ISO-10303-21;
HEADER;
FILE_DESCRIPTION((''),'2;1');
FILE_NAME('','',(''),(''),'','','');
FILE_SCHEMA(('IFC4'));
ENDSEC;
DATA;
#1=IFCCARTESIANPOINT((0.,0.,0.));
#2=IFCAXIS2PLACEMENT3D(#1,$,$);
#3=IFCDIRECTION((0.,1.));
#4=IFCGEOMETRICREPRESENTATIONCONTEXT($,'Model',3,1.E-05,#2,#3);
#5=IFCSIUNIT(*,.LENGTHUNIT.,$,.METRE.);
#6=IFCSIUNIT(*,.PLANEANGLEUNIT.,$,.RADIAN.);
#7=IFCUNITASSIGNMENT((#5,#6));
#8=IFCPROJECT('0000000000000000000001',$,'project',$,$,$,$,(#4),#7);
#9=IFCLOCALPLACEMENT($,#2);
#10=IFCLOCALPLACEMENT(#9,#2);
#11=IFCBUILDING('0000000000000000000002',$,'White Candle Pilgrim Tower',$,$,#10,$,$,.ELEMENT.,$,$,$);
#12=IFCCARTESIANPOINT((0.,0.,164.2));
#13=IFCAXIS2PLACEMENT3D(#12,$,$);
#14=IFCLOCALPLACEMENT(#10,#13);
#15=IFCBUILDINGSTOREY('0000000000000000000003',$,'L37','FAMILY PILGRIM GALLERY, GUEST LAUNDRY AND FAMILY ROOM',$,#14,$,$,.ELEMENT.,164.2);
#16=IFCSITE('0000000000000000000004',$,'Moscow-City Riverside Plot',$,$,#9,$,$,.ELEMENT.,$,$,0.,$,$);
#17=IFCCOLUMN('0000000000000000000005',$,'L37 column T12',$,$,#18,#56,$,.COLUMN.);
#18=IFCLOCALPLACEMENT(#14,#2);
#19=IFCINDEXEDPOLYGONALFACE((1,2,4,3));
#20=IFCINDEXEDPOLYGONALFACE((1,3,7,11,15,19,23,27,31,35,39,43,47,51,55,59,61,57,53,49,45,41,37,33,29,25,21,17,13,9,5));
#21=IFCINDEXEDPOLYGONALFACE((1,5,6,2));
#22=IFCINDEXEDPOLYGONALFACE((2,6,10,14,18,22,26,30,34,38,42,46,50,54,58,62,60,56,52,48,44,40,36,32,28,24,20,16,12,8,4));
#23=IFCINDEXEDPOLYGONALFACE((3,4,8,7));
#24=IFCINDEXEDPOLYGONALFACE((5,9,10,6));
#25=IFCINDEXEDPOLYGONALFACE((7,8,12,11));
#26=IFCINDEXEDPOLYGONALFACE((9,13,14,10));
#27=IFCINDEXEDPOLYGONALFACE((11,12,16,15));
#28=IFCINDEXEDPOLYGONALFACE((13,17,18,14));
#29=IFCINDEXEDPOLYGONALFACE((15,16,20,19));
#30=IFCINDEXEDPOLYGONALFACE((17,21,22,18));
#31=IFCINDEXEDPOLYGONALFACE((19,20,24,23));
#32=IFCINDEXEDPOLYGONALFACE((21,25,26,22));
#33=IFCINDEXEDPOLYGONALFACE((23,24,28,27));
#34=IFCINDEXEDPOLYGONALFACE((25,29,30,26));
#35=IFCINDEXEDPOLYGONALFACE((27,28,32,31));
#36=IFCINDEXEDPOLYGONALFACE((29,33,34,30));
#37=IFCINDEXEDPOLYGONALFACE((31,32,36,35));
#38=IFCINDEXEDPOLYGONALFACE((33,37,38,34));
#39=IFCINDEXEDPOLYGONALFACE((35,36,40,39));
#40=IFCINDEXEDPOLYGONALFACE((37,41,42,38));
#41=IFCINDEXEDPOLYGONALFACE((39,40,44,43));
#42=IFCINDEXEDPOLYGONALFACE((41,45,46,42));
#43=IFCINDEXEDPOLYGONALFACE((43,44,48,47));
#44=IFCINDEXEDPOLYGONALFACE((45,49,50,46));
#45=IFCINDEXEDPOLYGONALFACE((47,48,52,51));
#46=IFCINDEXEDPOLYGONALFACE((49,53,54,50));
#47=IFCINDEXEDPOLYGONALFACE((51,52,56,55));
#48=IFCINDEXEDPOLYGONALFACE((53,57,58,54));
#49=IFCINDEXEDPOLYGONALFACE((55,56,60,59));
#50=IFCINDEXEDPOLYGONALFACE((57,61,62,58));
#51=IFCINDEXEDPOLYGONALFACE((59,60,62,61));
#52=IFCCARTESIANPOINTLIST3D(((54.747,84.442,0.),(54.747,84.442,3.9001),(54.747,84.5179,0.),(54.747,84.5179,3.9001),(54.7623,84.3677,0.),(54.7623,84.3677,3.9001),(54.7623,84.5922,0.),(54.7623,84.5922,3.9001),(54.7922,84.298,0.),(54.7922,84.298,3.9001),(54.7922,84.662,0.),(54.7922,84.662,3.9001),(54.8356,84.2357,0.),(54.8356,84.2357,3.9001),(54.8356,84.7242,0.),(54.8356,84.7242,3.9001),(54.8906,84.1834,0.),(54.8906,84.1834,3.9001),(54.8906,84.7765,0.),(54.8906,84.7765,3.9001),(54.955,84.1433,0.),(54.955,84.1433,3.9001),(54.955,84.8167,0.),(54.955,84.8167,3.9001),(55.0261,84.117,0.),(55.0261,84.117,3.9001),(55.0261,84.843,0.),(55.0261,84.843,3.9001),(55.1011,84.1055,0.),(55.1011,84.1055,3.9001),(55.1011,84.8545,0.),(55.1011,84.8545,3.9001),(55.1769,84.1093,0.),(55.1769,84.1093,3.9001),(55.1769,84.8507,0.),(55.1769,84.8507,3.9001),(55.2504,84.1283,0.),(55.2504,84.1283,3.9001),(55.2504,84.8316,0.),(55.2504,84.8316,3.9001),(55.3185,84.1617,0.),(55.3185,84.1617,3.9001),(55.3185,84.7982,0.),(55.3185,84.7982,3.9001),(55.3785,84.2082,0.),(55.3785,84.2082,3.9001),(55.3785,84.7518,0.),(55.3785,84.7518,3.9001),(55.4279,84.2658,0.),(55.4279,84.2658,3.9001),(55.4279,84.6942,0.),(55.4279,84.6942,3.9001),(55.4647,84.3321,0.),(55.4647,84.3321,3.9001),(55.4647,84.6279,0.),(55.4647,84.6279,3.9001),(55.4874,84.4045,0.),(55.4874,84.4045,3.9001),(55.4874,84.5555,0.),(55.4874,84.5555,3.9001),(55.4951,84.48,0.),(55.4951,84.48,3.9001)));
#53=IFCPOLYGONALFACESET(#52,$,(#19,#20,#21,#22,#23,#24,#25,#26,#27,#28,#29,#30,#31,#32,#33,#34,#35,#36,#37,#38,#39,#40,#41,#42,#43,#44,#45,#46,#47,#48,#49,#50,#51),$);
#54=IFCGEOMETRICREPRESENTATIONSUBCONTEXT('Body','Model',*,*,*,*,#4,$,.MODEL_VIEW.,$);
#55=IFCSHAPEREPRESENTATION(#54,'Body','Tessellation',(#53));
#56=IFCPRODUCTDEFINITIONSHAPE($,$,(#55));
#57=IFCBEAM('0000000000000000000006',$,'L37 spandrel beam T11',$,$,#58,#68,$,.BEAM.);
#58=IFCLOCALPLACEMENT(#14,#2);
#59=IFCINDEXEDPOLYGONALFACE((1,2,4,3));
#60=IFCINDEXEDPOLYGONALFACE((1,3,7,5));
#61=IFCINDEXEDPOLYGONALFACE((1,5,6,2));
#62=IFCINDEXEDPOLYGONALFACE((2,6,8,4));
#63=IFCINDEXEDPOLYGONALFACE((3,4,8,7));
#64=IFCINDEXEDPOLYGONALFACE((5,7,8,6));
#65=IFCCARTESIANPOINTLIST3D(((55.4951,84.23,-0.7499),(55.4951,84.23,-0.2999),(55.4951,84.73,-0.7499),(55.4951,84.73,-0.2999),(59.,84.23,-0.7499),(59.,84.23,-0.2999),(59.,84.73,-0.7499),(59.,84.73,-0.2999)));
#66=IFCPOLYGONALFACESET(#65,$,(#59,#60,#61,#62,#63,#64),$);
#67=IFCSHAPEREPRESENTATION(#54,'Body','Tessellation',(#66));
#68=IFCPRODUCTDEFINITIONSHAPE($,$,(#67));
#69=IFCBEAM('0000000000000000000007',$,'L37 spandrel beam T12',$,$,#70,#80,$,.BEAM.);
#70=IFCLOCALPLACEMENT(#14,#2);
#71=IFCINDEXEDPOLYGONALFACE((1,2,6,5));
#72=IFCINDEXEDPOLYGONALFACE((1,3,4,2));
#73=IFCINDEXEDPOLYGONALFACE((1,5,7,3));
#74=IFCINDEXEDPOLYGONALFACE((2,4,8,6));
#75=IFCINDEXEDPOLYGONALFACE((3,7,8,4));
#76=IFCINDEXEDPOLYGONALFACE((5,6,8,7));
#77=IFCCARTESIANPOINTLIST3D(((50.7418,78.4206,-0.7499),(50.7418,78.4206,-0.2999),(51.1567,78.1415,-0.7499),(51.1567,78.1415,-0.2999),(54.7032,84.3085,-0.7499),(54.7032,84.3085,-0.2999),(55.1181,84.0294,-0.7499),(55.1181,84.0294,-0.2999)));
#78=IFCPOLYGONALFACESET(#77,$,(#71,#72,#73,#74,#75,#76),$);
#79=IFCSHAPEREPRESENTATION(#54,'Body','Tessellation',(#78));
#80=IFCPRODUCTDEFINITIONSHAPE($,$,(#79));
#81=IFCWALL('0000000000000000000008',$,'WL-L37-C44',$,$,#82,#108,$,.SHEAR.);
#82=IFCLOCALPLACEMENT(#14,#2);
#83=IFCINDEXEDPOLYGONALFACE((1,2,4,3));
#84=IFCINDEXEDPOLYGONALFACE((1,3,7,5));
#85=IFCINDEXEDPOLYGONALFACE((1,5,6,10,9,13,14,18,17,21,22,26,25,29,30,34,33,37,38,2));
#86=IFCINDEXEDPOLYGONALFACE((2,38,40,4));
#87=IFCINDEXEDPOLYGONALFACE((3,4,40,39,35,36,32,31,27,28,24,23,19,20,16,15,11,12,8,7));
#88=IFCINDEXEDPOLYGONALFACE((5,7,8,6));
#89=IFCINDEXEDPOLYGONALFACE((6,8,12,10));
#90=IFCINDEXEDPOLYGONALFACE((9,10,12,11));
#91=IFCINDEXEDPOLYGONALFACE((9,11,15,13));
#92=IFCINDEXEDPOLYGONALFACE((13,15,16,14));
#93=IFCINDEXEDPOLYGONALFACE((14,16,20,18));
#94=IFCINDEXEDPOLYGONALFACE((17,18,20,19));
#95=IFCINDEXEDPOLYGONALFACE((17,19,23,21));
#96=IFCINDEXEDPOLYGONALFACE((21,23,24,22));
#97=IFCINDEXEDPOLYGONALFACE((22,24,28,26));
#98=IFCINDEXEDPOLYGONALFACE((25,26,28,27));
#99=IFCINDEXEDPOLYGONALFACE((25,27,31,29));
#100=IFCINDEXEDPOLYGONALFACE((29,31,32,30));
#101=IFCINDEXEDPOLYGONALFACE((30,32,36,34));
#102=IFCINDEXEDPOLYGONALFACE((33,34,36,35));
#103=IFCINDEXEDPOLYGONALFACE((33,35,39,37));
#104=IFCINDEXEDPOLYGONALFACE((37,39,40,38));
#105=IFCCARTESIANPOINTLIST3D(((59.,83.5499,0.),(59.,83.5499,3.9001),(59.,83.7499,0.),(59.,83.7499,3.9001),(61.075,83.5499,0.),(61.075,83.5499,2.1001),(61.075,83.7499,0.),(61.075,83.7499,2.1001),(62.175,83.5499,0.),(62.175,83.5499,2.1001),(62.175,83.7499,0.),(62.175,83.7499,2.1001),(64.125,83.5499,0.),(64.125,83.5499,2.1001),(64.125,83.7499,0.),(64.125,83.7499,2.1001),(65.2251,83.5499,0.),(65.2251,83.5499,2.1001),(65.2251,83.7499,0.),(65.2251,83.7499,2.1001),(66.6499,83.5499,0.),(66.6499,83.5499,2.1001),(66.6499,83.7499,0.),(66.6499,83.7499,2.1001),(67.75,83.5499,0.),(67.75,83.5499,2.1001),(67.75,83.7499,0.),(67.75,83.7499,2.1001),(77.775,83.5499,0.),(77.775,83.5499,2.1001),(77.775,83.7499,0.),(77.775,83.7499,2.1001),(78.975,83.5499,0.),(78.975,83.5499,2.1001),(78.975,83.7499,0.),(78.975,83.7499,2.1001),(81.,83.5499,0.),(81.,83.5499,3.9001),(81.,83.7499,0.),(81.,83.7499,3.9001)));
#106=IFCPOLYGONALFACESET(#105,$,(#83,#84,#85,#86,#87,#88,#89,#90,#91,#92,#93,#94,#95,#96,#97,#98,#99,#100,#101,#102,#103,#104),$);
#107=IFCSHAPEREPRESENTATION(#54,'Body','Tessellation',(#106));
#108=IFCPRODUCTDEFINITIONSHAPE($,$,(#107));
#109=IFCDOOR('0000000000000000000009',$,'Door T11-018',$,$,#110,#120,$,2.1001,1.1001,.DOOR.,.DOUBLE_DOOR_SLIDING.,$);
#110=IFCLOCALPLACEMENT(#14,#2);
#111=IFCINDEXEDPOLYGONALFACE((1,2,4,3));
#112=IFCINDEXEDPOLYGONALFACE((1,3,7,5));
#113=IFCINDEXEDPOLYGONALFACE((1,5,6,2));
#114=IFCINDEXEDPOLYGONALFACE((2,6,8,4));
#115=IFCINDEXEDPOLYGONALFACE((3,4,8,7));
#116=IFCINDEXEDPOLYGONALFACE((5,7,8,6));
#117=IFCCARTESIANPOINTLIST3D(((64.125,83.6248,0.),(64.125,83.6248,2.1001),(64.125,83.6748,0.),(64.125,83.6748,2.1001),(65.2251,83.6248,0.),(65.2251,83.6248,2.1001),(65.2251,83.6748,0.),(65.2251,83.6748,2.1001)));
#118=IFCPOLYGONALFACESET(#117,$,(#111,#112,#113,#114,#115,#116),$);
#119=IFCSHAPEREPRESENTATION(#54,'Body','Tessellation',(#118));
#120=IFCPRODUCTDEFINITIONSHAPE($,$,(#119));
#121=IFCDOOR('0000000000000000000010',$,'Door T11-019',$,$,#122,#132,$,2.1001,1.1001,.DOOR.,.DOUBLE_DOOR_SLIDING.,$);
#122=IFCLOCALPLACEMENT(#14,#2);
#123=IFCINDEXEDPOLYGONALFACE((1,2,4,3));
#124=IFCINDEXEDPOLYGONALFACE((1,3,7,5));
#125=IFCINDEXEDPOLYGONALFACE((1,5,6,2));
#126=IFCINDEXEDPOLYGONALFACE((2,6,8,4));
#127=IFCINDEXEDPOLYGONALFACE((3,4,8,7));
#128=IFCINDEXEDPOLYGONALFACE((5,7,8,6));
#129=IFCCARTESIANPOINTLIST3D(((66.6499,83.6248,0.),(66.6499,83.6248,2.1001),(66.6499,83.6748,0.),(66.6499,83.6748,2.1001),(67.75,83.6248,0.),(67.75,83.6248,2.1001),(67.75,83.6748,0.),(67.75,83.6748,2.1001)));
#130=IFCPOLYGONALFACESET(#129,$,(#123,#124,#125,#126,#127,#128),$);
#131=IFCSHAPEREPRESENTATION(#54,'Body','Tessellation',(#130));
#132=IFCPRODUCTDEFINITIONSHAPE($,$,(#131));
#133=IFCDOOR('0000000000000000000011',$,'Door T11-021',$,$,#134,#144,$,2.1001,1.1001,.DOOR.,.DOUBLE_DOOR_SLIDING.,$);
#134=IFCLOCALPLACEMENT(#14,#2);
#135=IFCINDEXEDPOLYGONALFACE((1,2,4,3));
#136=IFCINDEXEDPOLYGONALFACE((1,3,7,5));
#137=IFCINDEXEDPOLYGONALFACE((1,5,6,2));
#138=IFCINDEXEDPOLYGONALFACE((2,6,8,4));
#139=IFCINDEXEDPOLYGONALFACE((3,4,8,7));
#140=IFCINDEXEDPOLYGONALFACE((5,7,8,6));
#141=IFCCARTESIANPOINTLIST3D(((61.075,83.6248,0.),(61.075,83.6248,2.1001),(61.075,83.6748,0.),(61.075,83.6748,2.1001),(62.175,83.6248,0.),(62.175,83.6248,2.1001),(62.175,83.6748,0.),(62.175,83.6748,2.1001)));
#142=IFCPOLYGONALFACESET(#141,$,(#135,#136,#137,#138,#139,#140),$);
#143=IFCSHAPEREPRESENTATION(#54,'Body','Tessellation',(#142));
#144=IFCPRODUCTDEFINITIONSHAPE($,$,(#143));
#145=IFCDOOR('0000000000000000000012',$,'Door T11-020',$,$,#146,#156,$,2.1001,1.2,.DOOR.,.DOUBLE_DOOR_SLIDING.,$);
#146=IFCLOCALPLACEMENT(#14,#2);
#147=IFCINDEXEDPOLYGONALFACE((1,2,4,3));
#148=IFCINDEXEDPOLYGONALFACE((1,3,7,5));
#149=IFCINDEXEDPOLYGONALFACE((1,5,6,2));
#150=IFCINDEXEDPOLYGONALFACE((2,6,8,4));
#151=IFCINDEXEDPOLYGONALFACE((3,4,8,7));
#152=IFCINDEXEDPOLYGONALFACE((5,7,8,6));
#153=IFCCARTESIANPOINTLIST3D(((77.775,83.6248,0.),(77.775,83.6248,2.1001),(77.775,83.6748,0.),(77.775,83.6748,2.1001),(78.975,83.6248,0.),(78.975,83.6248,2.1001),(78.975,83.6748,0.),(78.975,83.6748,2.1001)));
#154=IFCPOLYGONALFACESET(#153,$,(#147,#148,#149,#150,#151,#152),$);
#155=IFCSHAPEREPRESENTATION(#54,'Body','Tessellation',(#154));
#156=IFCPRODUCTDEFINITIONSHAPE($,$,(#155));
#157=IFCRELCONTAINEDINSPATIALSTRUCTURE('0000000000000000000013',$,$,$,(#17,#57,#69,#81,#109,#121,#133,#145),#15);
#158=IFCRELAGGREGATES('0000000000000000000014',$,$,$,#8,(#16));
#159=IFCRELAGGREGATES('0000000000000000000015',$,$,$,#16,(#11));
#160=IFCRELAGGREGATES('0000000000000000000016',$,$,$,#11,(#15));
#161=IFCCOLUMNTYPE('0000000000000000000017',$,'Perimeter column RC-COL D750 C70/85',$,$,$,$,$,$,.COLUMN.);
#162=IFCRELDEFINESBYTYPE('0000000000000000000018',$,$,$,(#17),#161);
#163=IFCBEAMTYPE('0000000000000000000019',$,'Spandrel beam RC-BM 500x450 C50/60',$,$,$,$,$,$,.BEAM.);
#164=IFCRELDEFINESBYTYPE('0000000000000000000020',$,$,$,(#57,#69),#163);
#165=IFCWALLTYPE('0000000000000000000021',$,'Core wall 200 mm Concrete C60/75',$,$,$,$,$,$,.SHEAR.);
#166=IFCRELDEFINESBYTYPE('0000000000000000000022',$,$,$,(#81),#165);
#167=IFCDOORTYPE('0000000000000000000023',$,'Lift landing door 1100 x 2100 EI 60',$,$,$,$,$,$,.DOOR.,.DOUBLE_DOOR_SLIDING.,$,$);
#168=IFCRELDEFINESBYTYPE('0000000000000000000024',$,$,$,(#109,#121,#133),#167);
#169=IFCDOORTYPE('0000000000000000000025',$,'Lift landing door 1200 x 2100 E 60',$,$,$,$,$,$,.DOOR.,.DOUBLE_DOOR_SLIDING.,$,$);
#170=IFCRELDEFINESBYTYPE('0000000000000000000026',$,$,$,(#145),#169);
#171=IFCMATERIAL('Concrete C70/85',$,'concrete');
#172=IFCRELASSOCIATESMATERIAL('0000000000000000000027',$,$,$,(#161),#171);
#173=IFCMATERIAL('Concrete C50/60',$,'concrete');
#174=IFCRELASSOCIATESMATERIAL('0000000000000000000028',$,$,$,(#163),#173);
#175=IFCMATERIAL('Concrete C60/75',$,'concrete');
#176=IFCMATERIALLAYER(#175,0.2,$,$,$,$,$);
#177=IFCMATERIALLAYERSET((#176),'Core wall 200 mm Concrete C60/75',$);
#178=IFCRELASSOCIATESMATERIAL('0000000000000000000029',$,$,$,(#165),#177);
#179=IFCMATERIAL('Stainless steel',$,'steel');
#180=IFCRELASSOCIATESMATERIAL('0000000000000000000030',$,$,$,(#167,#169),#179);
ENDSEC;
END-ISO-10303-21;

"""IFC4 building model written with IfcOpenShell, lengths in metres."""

from ifc_helpers import new_model, si_unit, direction, frame, frame_2d, origin, origin_2d, place, context, subcontext, project, spatial, rectangle, circle, extrude, material, layer, layer_set, material_profile, profile_set, type_object, element, fill, save


model = new_model("IFC4")

# Units and contexts
model_context = context("Model", 3, precision=1e-05, world=origin(), true_north=direction((0.0, 1.0)))
body_context = subcontext(model_context, "Body", "Model", "MODEL_VIEW")
ifc_project = project(units=[si_unit("LENGTHUNIT", "METRE"), si_unit("PLANEANGLEUNIT", "RADIAN")], contexts=[model_context])

# Site, building, storey
site_placement = place(None, origin())
site = spatial("IfcSite", under=ifc_project, at=site_placement, Name="Moscow-City Riverside Plot", CompositionType="ELEMENT", RefElevation=0.0)
building_placement = place(site_placement, origin())
building = spatial("IfcBuilding", under=site, at=building_placement, Name="White Candle Pilgrim Tower", CompositionType="ELEMENT")
storey_placement = place(building_placement, frame((0.0, 0.0, 164.2)))
storey = spatial("IfcBuildingStorey", under=building, at=storey_placement, Name="L37", Description="FAMILY PILGRIM GALLERY, GUEST LAUNDRY AND FAMILY ROOM", CompositionType="ELEMENT", Elevation=164.2)

# Column
ifc_material_1 = material(Name="Concrete C70/85", Category="concrete")
ifc_material_profile_1 = material_profile(ifc_material_1, circle(Radius=0.375, at=origin_2d()), Name="RC-COL D750")
ifc_profile_set_1 = profile_set([ifc_material_profile_1], Name="Concrete C70/85")
column_type = type_object("IfcColumnType", Name="Perimeter column RC-COL D750 C70/85", PredefinedType="COLUMN", material=ifc_profile_set_1)
column_placement = place(storey_placement, frame((55.1201, 84.48, 0.0), z_axis=(0.0, 0.0, 1.0), x_axis=(1.0, 0.0, 0.0)))
element("IfcColumn", 1, at=column_placement, inside=storey, type_object=column_type, Name="L37 column T12", PredefinedType="COLUMN", context=body_context, shape_type="SweptSolid", body=[
    extrude(circle(Radius=0.375, at=origin_2d()), origin(), (0.0, 0.0, 1.0), 3.9001),
])

# Beams
ifc_material_2 = material(Name="Concrete C50/60", Category="concrete")
ifc_material_profile_2 = material_profile(ifc_material_2, rectangle(XDim=0.5, YDim=0.45, at=origin_2d()), Name="RC-BM 500x450")
ifc_profile_set_2 = profile_set([ifc_material_profile_2], Name="Concrete C50/60")
beam_type = type_object("IfcBeamType", Name="Spandrel beam RC-BM 500x450 C50/60", PredefinedType="BEAM", material=ifc_profile_set_2)
beam_1_placement = place(storey_placement, frame((55.4951, 84.48, -0.5249), z_axis=(1.0, 0.0, 0.0), x_axis=(0.0, 1.0, 0.0)))
element("IfcBeam", 2, at=beam_1_placement, inside=storey, type_object=beam_type, Name="L37 spandrel beam T11", PredefinedType="BEAM", context=body_context, shape_type="SweptSolid", body=[
    extrude(rectangle(XDim=0.5, YDim=0.45, at=origin_2d()), origin(), (0.0, 0.0, 1.0), 3.5049),
])
beam_2_placement = place(storey_placement, frame((54.9106, 84.1689, -0.5249), z_axis=(-0.55822, -0.829693, 0.0), x_axis=(0.829693, -0.55822, 0.0)))
element("IfcBeam", 3, at=beam_2_placement, inside=storey, type_object=beam_type, Name="L37 spandrel beam T12", PredefinedType="BEAM", context=body_context, shape_type="SweptSolid", body=[
    extrude(rectangle(XDim=0.5, YDim=0.45, at=origin_2d()), origin(), (0.0, 0.0, 1.0), 7.0964),
])

# Wall, openings, doors
ifc_material_3 = material(Name="Concrete C60/75", Category="concrete")
ifc_layer_1 = layer(ifc_material_3, 0.2)
ifc_layer_set_1 = layer_set([ifc_layer_1], Name="Core wall 200 mm Concrete C60/75")
wall_type_1 = type_object("IfcWallType", Name="Core wall 200 mm Concrete C60/75", PredefinedType="SHEAR", material=ifc_layer_set_1)
wall_1_placement = place(storey_placement, frame((59.0, 83.6499, 0.0), z_axis=(0.0, 0.0, 1.0), x_axis=(1.0, 0.0, 0.0)))
wall_1 = element("IfcWall", 4, at=wall_1_placement, inside=storey, type_object=wall_type_1, Name="WL-L37-C44", PredefinedType="SHEAR", context=body_context, shape_type="SweptSolid", body=[
    extrude(rectangle(XDim=22.0, YDim=0.2, at=frame_2d((11.0, 0.0))), origin(), (0.0, 0.0, 1.0), 3.9001),
])
opening_1_placement = place(wall_1_placement, frame((5.125, 0.0, 0.0)))
opening_1 = element("IfcOpeningElement", 5, at=opening_1_placement, cuts=wall_1, PredefinedType="OPENING", context=body_context, shape_type="SweptSolid", body=[
    extrude(rectangle(XDim=1.1001, YDim=2.1001, at=frame_2d((0.55, 1.05))), frame((0.0, 0.1099, 0.0), z_axis=(0.0, -1.0, 0.0), x_axis=(1.0, 0.0, 0.0)), (0.0, 0.0, 1.0), 0.22),
])
opening_2_placement = place(wall_1_placement, frame((7.6499, 0.0, 0.0)))
opening_2 = element("IfcOpeningElement", 6, at=opening_2_placement, cuts=wall_1, PredefinedType="OPENING", context=body_context, shape_type="SweptSolid", body=[
    extrude(rectangle(XDim=1.1001, YDim=2.1001, at=frame_2d((0.55, 1.05))), frame((0.0, 0.1099, 0.0), z_axis=(0.0, -1.0, 0.0), x_axis=(1.0, 0.0, 0.0)), (0.0, 0.0, 1.0), 0.22),
])
opening_3_placement = place(wall_1_placement, frame((18.7749, 0.0, 0.0)))
opening_3 = element("IfcOpeningElement", 7, at=opening_3_placement, cuts=wall_1, PredefinedType="OPENING", context=body_context, shape_type="SweptSolid", body=[
    extrude(rectangle(XDim=1.2, YDim=2.1001, at=frame_2d((0.6001, 1.05))), frame((0.0, 0.1099, 0.0), z_axis=(0.0, -1.0, 0.0), x_axis=(1.0, 0.0, 0.0)), (0.0, 0.0, 1.0), 0.22),
])
opening_4_placement = place(wall_1_placement, frame((2.075, 0.0, 0.0)))
opening_4 = element("IfcOpeningElement", 8, at=opening_4_placement, cuts=wall_1, PredefinedType="OPENING", context=body_context, shape_type="SweptSolid", body=[
    extrude(rectangle(XDim=1.1001, YDim=2.1001, at=frame_2d((0.55, 1.05))), frame((0.0, 0.1099, 0.0), z_axis=(0.0, -1.0, 0.0), x_axis=(1.0, 0.0, 0.0)), (0.0, 0.0, 1.0), 0.22),
])
ifc_material_4 = material(Name="Stainless steel", Category="steel")
door_type_1 = type_object("IfcDoorType", Name="Lift landing door 1100 x 2100 EI 60", OperationType="DOUBLE_DOOR_SLIDING", PredefinedType="DOOR", material=ifc_material_4)
door_1_placement = place(opening_1_placement, origin())
door_1 = element("IfcDoor", 9, at=door_1_placement, inside=storey, type_object=door_type_1, Name="Door T11-018", OperationType="DOUBLE_DOOR_SLIDING", OverallHeight=2.1001, OverallWidth=1.1001, PredefinedType="DOOR", context=body_context, shape_type="SweptSolid", body=[
    extrude(rectangle(XDim=1.1001, YDim=2.1001, at=frame_2d((0.55, 1.05))), frame((0.0, 0.0249, 0.0), z_axis=(0.0, -1.0, 0.0), x_axis=(1.0, 0.0, 0.0)), (0.0, 0.0, 1.0), 0.05),
])
fill(opening_1, door_1)
door_2_placement = place(opening_2_placement, origin())
door_2 = element("IfcDoor", 10, at=door_2_placement, inside=storey, type_object=door_type_1, Name="Door T11-019", OperationType="DOUBLE_DOOR_SLIDING", OverallHeight=2.1001, OverallWidth=1.1001, PredefinedType="DOOR", context=body_context, shape_type="SweptSolid", body=[
    extrude(rectangle(XDim=1.1001, YDim=2.1001, at=frame_2d((0.55, 1.05))), frame((0.0, 0.0249, 0.0), z_axis=(0.0, -1.0, 0.0), x_axis=(1.0, 0.0, 0.0)), (0.0, 0.0, 1.0), 0.05),
])
fill(opening_2, door_2)
door_3_placement = place(opening_4_placement, origin())
door_3 = element("IfcDoor", 11, at=door_3_placement, inside=storey, type_object=door_type_1, Name="Door T11-021", OperationType="DOUBLE_DOOR_SLIDING", OverallHeight=2.1001, OverallWidth=1.1001, PredefinedType="DOOR", context=body_context, shape_type="SweptSolid", body=[
    extrude(rectangle(XDim=1.1001, YDim=2.1001, at=frame_2d((0.55, 1.05))), frame((0.0, 0.0249, 0.0), z_axis=(0.0, -1.0, 0.0), x_axis=(1.0, 0.0, 0.0)), (0.0, 0.0, 1.0), 0.05),
])
fill(opening_4, door_3)
door_type_2 = type_object("IfcDoorType", Name="Lift landing door 1200 x 2100 E 60", OperationType="DOUBLE_DOOR_SLIDING", PredefinedType="DOOR", material=ifc_material_4)
door_4_placement = place(opening_3_placement, origin())
door_4 = element("IfcDoor", 12, at=door_4_placement, inside=storey, type_object=door_type_2, Name="Door T11-020", OperationType="DOUBLE_DOOR_SLIDING", OverallHeight=2.1001, OverallWidth=1.2, PredefinedType="DOOR", context=body_context, shape_type="SweptSolid", body=[
    extrude(rectangle(XDim=1.2, YDim=2.1001, at=frame_2d((0.6001, 1.05))), frame((0.0, 0.0249, 0.0), z_axis=(0.0, -1.0, 0.0), x_axis=(1.0, 0.0, 0.0)), (0.0, 0.0, 1.0), 0.05),
])
fill(opening_3, door_4)

save(model, "model.ifc")
